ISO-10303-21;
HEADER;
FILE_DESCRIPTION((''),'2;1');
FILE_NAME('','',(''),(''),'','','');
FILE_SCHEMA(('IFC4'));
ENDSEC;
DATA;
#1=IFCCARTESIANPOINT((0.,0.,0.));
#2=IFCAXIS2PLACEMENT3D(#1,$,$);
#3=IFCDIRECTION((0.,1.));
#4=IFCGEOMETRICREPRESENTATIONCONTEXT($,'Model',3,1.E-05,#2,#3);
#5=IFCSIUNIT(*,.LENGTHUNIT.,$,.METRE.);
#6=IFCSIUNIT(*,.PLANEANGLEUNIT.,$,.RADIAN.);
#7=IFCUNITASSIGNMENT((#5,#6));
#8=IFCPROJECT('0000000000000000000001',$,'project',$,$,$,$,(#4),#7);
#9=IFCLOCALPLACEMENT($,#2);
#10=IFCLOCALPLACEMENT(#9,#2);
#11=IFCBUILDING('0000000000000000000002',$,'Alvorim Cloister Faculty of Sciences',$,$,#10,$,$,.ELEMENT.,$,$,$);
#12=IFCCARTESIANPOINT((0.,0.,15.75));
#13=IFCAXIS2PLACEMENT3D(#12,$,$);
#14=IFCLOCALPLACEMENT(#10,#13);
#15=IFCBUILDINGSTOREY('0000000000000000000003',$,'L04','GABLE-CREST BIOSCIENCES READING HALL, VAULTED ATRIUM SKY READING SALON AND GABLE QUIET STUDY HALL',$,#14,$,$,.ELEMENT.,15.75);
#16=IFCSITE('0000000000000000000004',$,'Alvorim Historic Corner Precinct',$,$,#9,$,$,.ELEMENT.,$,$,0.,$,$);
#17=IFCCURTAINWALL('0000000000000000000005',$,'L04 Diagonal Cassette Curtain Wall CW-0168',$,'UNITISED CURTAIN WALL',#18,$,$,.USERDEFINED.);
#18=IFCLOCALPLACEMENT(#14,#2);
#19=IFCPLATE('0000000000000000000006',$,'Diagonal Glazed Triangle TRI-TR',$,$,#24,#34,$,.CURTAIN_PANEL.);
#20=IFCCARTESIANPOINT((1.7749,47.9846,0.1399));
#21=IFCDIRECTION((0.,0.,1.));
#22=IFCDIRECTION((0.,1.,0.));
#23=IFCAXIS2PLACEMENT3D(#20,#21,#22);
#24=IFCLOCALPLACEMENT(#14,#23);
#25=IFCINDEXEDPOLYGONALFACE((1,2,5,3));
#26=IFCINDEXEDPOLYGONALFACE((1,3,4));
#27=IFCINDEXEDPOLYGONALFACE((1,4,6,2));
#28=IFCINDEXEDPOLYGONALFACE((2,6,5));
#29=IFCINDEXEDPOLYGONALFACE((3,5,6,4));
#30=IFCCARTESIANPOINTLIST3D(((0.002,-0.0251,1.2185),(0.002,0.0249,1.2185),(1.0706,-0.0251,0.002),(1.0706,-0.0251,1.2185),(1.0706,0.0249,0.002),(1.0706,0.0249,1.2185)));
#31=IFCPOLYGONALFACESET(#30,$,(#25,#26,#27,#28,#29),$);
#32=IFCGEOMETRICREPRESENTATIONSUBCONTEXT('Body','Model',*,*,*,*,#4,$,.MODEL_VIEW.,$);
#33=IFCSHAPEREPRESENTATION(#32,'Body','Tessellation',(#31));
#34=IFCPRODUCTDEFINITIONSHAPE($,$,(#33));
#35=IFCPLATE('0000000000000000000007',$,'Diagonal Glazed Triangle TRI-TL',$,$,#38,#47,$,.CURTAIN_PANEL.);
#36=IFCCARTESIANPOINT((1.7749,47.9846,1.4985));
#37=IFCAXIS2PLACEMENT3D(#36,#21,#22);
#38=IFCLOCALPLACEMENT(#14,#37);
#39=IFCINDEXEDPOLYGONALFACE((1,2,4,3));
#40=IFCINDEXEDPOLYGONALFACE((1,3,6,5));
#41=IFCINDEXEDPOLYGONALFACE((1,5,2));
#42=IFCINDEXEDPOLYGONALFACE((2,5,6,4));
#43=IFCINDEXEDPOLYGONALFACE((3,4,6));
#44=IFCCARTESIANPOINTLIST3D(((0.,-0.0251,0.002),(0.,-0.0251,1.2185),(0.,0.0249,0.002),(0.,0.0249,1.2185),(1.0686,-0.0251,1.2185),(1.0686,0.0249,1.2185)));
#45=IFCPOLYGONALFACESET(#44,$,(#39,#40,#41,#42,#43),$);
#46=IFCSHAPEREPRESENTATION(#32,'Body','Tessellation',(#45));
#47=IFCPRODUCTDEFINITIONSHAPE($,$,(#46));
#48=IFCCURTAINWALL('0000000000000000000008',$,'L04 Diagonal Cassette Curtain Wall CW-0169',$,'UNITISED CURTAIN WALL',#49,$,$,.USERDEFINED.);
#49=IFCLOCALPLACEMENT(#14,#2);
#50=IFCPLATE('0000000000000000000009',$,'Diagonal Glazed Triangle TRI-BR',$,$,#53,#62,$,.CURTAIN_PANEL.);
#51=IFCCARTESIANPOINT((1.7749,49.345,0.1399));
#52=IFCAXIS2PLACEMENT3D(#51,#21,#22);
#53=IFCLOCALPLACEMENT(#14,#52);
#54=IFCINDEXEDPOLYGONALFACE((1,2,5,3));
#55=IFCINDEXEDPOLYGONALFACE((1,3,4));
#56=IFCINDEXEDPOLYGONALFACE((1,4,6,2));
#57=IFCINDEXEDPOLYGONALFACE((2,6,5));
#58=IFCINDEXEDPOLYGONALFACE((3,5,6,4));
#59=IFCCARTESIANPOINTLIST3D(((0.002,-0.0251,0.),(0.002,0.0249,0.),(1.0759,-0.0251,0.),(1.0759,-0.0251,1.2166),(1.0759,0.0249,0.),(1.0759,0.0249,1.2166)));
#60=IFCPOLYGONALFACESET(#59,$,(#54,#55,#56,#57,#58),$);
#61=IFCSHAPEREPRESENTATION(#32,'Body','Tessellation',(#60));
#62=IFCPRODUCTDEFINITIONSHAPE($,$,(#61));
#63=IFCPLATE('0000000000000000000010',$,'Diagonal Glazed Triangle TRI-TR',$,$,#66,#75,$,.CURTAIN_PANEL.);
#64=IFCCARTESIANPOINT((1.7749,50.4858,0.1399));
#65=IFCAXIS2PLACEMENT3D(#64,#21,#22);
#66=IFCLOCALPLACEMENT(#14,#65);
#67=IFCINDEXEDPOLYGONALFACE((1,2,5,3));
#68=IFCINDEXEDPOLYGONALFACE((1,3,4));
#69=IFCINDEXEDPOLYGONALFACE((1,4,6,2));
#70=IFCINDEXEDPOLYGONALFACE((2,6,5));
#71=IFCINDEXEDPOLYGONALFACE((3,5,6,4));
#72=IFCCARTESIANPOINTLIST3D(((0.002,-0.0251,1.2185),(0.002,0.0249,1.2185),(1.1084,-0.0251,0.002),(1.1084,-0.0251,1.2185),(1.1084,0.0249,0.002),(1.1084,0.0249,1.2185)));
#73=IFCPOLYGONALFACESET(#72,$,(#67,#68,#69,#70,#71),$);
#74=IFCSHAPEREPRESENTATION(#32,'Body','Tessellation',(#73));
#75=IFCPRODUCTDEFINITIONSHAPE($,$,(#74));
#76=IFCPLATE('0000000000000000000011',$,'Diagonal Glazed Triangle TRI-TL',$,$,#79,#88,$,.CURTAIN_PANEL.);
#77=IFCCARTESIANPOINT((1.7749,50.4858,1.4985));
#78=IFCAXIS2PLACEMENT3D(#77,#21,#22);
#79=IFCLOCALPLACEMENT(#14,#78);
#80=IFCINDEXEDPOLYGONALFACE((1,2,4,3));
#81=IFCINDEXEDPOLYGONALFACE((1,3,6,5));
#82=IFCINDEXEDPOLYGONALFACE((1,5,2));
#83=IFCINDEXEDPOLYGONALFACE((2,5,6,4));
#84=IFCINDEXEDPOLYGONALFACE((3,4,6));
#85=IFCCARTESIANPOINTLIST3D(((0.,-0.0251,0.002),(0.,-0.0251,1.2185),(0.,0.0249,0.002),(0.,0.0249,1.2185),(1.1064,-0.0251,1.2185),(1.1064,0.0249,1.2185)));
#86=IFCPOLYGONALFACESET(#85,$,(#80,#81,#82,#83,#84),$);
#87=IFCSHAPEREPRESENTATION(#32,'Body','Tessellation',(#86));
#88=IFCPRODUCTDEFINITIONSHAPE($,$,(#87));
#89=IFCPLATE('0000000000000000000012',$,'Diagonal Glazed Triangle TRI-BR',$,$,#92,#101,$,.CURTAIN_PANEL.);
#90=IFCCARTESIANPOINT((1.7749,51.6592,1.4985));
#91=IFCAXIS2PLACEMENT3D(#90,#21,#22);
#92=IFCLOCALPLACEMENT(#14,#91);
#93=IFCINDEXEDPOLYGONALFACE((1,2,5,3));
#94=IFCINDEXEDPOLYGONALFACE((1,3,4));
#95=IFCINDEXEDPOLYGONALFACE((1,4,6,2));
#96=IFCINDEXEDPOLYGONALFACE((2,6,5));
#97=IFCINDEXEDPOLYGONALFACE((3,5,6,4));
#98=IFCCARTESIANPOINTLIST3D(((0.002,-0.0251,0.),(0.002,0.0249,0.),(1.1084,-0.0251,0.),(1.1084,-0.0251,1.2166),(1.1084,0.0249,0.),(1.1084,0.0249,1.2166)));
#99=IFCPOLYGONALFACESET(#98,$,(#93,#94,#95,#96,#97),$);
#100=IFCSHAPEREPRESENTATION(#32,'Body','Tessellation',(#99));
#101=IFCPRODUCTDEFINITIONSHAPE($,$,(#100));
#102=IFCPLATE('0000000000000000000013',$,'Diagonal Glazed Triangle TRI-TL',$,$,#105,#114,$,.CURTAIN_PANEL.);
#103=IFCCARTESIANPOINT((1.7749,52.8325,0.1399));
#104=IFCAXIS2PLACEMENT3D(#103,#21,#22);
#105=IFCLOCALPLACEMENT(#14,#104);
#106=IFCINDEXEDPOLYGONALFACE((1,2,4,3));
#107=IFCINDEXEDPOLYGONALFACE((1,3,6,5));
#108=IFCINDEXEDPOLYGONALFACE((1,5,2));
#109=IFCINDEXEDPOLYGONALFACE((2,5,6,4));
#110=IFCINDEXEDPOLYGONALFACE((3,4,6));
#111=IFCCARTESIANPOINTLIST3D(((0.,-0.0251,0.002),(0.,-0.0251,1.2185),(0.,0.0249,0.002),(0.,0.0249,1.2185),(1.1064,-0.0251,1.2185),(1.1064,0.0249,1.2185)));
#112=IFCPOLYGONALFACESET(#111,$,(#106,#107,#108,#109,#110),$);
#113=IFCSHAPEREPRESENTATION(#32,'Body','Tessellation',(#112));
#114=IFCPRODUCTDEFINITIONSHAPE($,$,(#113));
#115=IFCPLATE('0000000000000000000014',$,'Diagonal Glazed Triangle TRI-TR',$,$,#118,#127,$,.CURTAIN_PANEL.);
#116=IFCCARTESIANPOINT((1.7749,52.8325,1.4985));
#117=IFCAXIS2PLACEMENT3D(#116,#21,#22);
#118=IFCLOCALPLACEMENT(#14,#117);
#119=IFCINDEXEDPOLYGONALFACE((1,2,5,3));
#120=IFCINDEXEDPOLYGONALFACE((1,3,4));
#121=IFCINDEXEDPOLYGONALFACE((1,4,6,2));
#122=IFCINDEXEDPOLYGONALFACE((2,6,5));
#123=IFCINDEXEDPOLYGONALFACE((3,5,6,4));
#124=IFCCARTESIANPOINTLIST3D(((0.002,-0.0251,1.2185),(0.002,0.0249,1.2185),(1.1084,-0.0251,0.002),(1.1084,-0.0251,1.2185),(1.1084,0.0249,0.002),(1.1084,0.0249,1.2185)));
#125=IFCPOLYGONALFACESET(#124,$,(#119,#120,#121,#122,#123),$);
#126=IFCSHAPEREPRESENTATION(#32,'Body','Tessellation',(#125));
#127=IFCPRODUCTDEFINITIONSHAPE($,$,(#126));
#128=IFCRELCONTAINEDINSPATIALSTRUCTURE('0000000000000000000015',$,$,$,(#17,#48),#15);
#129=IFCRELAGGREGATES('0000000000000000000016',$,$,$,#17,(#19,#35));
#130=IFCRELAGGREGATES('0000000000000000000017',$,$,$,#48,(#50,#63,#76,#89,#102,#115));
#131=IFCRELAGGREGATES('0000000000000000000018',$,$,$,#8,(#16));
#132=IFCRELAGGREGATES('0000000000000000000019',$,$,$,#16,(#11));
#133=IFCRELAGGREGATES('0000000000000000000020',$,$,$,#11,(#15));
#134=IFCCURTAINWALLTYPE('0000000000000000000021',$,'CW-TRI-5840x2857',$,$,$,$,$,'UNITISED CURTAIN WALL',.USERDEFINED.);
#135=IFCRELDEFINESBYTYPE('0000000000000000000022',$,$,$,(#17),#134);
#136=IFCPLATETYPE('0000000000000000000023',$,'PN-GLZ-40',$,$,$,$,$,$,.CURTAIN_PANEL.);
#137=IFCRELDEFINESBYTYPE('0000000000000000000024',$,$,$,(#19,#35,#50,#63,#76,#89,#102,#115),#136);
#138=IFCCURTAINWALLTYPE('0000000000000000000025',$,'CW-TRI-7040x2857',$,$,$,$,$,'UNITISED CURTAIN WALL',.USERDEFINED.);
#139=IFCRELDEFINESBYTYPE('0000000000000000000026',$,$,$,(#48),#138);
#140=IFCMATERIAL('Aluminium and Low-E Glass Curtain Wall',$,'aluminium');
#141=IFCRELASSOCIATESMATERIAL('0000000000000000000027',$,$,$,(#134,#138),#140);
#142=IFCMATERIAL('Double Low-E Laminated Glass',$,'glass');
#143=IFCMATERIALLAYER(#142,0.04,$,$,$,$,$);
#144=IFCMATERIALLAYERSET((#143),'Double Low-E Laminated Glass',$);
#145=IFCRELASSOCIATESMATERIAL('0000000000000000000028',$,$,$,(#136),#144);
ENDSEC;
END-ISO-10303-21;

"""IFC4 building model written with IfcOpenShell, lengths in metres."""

from ifc_helpers import new_model, si_unit, direction, frame, origin, place, context, subcontext, project, spatial, polyline, outline, extrude, material, layer, layer_set, type_object, element, aggregate, save


model = new_model("IFC4")

# Units and contexts
model_context = context("Model", 3, precision=1e-05, world=origin(), true_north=direction((0.0, 1.0)))
body_context = subcontext(model_context, "Body", "Model", "MODEL_VIEW")
ifc_project = project(units=[si_unit("LENGTHUNIT", "METRE"), si_unit("PLANEANGLEUNIT", "RADIAN")], contexts=[model_context])

# Site, building, storey
site_placement = place(None, origin())
site = spatial("IfcSite", under=ifc_project, at=site_placement, Name="Alvorim Historic Corner Precinct", CompositionType="ELEMENT", RefElevation=0.0)
building_placement = place(site_placement, origin())
building = spatial("IfcBuilding", under=site, at=building_placement, Name="Alvorim Cloister Faculty of Sciences", CompositionType="ELEMENT")
storey_placement = place(building_placement, frame((0.0, 0.0, 15.75)))
storey = spatial("IfcBuildingStorey", under=building, at=storey_placement, Name="L04", Description="GABLE-CREST BIOSCIENCES READING HALL, VAULTED ATRIUM SKY READING SALON AND GABLE QUIET STUDY HALL", CompositionType="ELEMENT", Elevation=15.75)

# Curtain walls, plates
ifc_material_1 = material(Name="Aluminium and Low-E Glass Curtain Wall", Category="aluminium")
curtain_wall_type_1 = type_object("IfcCurtainWallType", Name="CW-TRI-5840x2857", ElementType="UNITISED CURTAIN WALL", PredefinedType="USERDEFINED", material=ifc_material_1)
curtain_wall_1_placement = place(storey_placement, origin())
curtain_wall_1 = element("IfcCurtainWall", 1, at=curtain_wall_1_placement, inside=storey, type_object=curtain_wall_type_1, Name="L04 Diagonal Cassette Curtain Wall CW-0168", ObjectType="UNITISED CURTAIN WALL", PredefinedType="USERDEFINED")
ifc_material_2 = material(Name="Double Low-E Laminated Glass", Category="glass")
ifc_layer_1 = layer(ifc_material_2, 0.04)
ifc_layer_set_1 = layer_set([ifc_layer_1], Name="Double Low-E Laminated Glass")
plate_type = type_object("IfcPlateType", Name="PN-GLZ-40", PredefinedType="CURTAIN_PANEL", material=ifc_layer_set_1)
plate_1_placement = place(storey_placement, frame((1.7749, 47.9846, 0.1399), z_axis=(0.0, 0.0, 1.0), x_axis=(0.0, 1.0, 0.0)))
plate_1 = element("IfcPlate", 2, at=plate_1_placement, type_object=plate_type, Name="Diagonal Glazed Triangle TRI-TR", PredefinedType="CURTAIN_PANEL", context=body_context, shape_type="SweptSolid", body=[
    extrude(outline(polyline([(1.0706, 0.002), (1.0706, 1.2185), (0.002, 1.2185), (1.0706, 0.002)])), frame((0.0, 0.0249, 0.0), z_axis=(0.0, -1.0, 0.0), x_axis=(1.0, 0.0, 0.0)), (0.0, 0.0, 1.0), 0.05),
])
plate_2_placement = place(storey_placement, frame((1.7749, 47.9846, 1.4985), z_axis=(0.0, 0.0, 1.0), x_axis=(0.0, 1.0, 0.0)))
plate_2 = element("IfcPlate", 3, at=plate_2_placement, type_object=plate_type, Name="Diagonal Glazed Triangle TRI-TL", PredefinedType="CURTAIN_PANEL", context=body_context, shape_type="SweptSolid", body=[
    extrude(outline(polyline([(1.0686, 1.2185), (0.0, 1.2185), (0.0, 0.002), (1.0686, 1.2185)])), frame((0.0, 0.0249, 0.0), z_axis=(0.0, -1.0, 0.0), x_axis=(1.0, 0.0, 0.0)), (0.0, 0.0, 1.0), 0.05),
])
aggregate(curtain_wall_1, [plate_1, plate_2])
curtain_wall_type_2 = type_object("IfcCurtainWallType", Name="CW-TRI-7040x2857", ElementType="UNITISED CURTAIN WALL", PredefinedType="USERDEFINED", material=ifc_material_1)
curtain_wall_2_placement = place(storey_placement, origin())
curtain_wall_2 = element("IfcCurtainWall", 4, at=curtain_wall_2_placement, inside=storey, type_object=curtain_wall_type_2, Name="L04 Diagonal Cassette Curtain Wall CW-0169", ObjectType="UNITISED CURTAIN WALL", PredefinedType="USERDEFINED")
plate_3_placement = place(storey_placement, frame((1.7749, 49.345, 0.1399), z_axis=(0.0, 0.0, 1.0), x_axis=(0.0, 1.0, 0.0)))
plate_3 = element("IfcPlate", 5, at=plate_3_placement, type_object=plate_type, Name="Diagonal Glazed Triangle TRI-BR", PredefinedType="CURTAIN_PANEL", context=body_context, shape_type="SweptSolid", body=[
    extrude(outline(polyline([(0.002, 0.0), (1.0759, 0.0), (1.0759, 1.2166), (0.002, 0.0)])), frame((0.0, 0.0249, 0.0), z_axis=(0.0, -1.0, 0.0), x_axis=(1.0, 0.0, 0.0)), (0.0, 0.0, 1.0), 0.05),
])
plate_4_placement = place(storey_placement, frame((1.7749, 50.4858, 0.1399), z_axis=(0.0, 0.0, 1.0), x_axis=(0.0, 1.0, 0.0)))
plate_4 = element("IfcPlate", 6, at=plate_4_placement, type_object=plate_type, Name="Diagonal Glazed Triangle TRI-TR", PredefinedType="CURTAIN_PANEL", context=body_context, shape_type="SweptSolid", body=[
    extrude(outline(polyline([(1.1084, 0.002), (1.1084, 1.2185), (0.002, 1.2185), (1.1084, 0.002)])), frame((0.0, 0.0249, 0.0), z_axis=(0.0, -1.0, 0.0), x_axis=(1.0, 0.0, 0.0)), (0.0, 0.0, 1.0), 0.05),
])
plate_5_placement = place(storey_placement, frame((1.7749, 50.4858, 1.4985), z_axis=(0.0, 0.0, 1.0), x_axis=(0.0, 1.0, 0.0)))
plate_5 = element("IfcPlate", 7, at=plate_5_placement, type_object=plate_type, Name="Diagonal Glazed Triangle TRI-TL", PredefinedType="CURTAIN_PANEL", context=body_context, shape_type="SweptSolid", body=[
    extrude(outline(polyline([(1.1064, 1.2185), (0.0, 1.2185), (0.0, 0.002), (1.1064, 1.2185)])), frame((0.0, 0.0249, 0.0), z_axis=(0.0, -1.0, 0.0), x_axis=(1.0, 0.0, 0.0)), (0.0, 0.0, 1.0), 0.05),
])
plate_6_placement = place(storey_placement, frame((1.7749, 51.6592, 1.4985), z_axis=(0.0, 0.0, 1.0), x_axis=(0.0, 1.0, 0.0)))
plate_6 = element("IfcPlate", 8, at=plate_6_placement, type_object=plate_type, Name="Diagonal Glazed Triangle TRI-BR", PredefinedType="CURTAIN_PANEL", context=body_context, shape_type="SweptSolid", body=[
    extrude(outline(polyline([(0.002, 0.0), (1.1084, 0.0), (1.1084, 1.2166), (0.002, 0.0)])), frame((0.0, 0.0249, 0.0), z_axis=(0.0, -1.0, 0.0), x_axis=(1.0, 0.0, 0.0)), (0.0, 0.0, 1.0), 0.05),
])
plate_7_placement = place(storey_placement, frame((1.7749, 52.8325, 0.1399), z_axis=(0.0, 0.0, 1.0), x_axis=(0.0, 1.0, 0.0)))
plate_7 = element("IfcPlate", 9, at=plate_7_placement, type_object=plate_type, Name="Diagonal Glazed Triangle TRI-TL", PredefinedType="CURTAIN_PANEL", context=body_context, shape_type="SweptSolid", body=[
    extrude(outline(polyline([(1.1064, 1.2185), (0.0, 1.2185), (0.0, 0.002), (1.1064, 1.2185)])), frame((0.0, 0.0249, 0.0), z_axis=(0.0, -1.0, 0.0), x_axis=(1.0, 0.0, 0.0)), (0.0, 0.0, 1.0), 0.05),
])
plate_8_placement = place(storey_placement, frame((1.7749, 52.8325, 1.4985), z_axis=(0.0, 0.0, 1.0), x_axis=(0.0, 1.0, 0.0)))
plate_8 = element("IfcPlate", 10, at=plate_8_placement, type_object=plate_type, Name="Diagonal Glazed Triangle TRI-TR", PredefinedType="CURTAIN_PANEL", context=body_context, shape_type="SweptSolid", body=[
    extrude(outline(polyline([(1.1084, 0.002), (1.1084, 1.2185), (0.002, 1.2185), (1.1084, 0.002)])), frame((0.0, 0.0249, 0.0), z_axis=(0.0, -1.0, 0.0), x_axis=(1.0, 0.0, 0.0)), (0.0, 0.0, 1.0), 0.05),
])
aggregate(curtain_wall_2, [plate_3, plate_4, plate_5, plate_6, plate_7, plate_8])

save(model, "model.ifc")
